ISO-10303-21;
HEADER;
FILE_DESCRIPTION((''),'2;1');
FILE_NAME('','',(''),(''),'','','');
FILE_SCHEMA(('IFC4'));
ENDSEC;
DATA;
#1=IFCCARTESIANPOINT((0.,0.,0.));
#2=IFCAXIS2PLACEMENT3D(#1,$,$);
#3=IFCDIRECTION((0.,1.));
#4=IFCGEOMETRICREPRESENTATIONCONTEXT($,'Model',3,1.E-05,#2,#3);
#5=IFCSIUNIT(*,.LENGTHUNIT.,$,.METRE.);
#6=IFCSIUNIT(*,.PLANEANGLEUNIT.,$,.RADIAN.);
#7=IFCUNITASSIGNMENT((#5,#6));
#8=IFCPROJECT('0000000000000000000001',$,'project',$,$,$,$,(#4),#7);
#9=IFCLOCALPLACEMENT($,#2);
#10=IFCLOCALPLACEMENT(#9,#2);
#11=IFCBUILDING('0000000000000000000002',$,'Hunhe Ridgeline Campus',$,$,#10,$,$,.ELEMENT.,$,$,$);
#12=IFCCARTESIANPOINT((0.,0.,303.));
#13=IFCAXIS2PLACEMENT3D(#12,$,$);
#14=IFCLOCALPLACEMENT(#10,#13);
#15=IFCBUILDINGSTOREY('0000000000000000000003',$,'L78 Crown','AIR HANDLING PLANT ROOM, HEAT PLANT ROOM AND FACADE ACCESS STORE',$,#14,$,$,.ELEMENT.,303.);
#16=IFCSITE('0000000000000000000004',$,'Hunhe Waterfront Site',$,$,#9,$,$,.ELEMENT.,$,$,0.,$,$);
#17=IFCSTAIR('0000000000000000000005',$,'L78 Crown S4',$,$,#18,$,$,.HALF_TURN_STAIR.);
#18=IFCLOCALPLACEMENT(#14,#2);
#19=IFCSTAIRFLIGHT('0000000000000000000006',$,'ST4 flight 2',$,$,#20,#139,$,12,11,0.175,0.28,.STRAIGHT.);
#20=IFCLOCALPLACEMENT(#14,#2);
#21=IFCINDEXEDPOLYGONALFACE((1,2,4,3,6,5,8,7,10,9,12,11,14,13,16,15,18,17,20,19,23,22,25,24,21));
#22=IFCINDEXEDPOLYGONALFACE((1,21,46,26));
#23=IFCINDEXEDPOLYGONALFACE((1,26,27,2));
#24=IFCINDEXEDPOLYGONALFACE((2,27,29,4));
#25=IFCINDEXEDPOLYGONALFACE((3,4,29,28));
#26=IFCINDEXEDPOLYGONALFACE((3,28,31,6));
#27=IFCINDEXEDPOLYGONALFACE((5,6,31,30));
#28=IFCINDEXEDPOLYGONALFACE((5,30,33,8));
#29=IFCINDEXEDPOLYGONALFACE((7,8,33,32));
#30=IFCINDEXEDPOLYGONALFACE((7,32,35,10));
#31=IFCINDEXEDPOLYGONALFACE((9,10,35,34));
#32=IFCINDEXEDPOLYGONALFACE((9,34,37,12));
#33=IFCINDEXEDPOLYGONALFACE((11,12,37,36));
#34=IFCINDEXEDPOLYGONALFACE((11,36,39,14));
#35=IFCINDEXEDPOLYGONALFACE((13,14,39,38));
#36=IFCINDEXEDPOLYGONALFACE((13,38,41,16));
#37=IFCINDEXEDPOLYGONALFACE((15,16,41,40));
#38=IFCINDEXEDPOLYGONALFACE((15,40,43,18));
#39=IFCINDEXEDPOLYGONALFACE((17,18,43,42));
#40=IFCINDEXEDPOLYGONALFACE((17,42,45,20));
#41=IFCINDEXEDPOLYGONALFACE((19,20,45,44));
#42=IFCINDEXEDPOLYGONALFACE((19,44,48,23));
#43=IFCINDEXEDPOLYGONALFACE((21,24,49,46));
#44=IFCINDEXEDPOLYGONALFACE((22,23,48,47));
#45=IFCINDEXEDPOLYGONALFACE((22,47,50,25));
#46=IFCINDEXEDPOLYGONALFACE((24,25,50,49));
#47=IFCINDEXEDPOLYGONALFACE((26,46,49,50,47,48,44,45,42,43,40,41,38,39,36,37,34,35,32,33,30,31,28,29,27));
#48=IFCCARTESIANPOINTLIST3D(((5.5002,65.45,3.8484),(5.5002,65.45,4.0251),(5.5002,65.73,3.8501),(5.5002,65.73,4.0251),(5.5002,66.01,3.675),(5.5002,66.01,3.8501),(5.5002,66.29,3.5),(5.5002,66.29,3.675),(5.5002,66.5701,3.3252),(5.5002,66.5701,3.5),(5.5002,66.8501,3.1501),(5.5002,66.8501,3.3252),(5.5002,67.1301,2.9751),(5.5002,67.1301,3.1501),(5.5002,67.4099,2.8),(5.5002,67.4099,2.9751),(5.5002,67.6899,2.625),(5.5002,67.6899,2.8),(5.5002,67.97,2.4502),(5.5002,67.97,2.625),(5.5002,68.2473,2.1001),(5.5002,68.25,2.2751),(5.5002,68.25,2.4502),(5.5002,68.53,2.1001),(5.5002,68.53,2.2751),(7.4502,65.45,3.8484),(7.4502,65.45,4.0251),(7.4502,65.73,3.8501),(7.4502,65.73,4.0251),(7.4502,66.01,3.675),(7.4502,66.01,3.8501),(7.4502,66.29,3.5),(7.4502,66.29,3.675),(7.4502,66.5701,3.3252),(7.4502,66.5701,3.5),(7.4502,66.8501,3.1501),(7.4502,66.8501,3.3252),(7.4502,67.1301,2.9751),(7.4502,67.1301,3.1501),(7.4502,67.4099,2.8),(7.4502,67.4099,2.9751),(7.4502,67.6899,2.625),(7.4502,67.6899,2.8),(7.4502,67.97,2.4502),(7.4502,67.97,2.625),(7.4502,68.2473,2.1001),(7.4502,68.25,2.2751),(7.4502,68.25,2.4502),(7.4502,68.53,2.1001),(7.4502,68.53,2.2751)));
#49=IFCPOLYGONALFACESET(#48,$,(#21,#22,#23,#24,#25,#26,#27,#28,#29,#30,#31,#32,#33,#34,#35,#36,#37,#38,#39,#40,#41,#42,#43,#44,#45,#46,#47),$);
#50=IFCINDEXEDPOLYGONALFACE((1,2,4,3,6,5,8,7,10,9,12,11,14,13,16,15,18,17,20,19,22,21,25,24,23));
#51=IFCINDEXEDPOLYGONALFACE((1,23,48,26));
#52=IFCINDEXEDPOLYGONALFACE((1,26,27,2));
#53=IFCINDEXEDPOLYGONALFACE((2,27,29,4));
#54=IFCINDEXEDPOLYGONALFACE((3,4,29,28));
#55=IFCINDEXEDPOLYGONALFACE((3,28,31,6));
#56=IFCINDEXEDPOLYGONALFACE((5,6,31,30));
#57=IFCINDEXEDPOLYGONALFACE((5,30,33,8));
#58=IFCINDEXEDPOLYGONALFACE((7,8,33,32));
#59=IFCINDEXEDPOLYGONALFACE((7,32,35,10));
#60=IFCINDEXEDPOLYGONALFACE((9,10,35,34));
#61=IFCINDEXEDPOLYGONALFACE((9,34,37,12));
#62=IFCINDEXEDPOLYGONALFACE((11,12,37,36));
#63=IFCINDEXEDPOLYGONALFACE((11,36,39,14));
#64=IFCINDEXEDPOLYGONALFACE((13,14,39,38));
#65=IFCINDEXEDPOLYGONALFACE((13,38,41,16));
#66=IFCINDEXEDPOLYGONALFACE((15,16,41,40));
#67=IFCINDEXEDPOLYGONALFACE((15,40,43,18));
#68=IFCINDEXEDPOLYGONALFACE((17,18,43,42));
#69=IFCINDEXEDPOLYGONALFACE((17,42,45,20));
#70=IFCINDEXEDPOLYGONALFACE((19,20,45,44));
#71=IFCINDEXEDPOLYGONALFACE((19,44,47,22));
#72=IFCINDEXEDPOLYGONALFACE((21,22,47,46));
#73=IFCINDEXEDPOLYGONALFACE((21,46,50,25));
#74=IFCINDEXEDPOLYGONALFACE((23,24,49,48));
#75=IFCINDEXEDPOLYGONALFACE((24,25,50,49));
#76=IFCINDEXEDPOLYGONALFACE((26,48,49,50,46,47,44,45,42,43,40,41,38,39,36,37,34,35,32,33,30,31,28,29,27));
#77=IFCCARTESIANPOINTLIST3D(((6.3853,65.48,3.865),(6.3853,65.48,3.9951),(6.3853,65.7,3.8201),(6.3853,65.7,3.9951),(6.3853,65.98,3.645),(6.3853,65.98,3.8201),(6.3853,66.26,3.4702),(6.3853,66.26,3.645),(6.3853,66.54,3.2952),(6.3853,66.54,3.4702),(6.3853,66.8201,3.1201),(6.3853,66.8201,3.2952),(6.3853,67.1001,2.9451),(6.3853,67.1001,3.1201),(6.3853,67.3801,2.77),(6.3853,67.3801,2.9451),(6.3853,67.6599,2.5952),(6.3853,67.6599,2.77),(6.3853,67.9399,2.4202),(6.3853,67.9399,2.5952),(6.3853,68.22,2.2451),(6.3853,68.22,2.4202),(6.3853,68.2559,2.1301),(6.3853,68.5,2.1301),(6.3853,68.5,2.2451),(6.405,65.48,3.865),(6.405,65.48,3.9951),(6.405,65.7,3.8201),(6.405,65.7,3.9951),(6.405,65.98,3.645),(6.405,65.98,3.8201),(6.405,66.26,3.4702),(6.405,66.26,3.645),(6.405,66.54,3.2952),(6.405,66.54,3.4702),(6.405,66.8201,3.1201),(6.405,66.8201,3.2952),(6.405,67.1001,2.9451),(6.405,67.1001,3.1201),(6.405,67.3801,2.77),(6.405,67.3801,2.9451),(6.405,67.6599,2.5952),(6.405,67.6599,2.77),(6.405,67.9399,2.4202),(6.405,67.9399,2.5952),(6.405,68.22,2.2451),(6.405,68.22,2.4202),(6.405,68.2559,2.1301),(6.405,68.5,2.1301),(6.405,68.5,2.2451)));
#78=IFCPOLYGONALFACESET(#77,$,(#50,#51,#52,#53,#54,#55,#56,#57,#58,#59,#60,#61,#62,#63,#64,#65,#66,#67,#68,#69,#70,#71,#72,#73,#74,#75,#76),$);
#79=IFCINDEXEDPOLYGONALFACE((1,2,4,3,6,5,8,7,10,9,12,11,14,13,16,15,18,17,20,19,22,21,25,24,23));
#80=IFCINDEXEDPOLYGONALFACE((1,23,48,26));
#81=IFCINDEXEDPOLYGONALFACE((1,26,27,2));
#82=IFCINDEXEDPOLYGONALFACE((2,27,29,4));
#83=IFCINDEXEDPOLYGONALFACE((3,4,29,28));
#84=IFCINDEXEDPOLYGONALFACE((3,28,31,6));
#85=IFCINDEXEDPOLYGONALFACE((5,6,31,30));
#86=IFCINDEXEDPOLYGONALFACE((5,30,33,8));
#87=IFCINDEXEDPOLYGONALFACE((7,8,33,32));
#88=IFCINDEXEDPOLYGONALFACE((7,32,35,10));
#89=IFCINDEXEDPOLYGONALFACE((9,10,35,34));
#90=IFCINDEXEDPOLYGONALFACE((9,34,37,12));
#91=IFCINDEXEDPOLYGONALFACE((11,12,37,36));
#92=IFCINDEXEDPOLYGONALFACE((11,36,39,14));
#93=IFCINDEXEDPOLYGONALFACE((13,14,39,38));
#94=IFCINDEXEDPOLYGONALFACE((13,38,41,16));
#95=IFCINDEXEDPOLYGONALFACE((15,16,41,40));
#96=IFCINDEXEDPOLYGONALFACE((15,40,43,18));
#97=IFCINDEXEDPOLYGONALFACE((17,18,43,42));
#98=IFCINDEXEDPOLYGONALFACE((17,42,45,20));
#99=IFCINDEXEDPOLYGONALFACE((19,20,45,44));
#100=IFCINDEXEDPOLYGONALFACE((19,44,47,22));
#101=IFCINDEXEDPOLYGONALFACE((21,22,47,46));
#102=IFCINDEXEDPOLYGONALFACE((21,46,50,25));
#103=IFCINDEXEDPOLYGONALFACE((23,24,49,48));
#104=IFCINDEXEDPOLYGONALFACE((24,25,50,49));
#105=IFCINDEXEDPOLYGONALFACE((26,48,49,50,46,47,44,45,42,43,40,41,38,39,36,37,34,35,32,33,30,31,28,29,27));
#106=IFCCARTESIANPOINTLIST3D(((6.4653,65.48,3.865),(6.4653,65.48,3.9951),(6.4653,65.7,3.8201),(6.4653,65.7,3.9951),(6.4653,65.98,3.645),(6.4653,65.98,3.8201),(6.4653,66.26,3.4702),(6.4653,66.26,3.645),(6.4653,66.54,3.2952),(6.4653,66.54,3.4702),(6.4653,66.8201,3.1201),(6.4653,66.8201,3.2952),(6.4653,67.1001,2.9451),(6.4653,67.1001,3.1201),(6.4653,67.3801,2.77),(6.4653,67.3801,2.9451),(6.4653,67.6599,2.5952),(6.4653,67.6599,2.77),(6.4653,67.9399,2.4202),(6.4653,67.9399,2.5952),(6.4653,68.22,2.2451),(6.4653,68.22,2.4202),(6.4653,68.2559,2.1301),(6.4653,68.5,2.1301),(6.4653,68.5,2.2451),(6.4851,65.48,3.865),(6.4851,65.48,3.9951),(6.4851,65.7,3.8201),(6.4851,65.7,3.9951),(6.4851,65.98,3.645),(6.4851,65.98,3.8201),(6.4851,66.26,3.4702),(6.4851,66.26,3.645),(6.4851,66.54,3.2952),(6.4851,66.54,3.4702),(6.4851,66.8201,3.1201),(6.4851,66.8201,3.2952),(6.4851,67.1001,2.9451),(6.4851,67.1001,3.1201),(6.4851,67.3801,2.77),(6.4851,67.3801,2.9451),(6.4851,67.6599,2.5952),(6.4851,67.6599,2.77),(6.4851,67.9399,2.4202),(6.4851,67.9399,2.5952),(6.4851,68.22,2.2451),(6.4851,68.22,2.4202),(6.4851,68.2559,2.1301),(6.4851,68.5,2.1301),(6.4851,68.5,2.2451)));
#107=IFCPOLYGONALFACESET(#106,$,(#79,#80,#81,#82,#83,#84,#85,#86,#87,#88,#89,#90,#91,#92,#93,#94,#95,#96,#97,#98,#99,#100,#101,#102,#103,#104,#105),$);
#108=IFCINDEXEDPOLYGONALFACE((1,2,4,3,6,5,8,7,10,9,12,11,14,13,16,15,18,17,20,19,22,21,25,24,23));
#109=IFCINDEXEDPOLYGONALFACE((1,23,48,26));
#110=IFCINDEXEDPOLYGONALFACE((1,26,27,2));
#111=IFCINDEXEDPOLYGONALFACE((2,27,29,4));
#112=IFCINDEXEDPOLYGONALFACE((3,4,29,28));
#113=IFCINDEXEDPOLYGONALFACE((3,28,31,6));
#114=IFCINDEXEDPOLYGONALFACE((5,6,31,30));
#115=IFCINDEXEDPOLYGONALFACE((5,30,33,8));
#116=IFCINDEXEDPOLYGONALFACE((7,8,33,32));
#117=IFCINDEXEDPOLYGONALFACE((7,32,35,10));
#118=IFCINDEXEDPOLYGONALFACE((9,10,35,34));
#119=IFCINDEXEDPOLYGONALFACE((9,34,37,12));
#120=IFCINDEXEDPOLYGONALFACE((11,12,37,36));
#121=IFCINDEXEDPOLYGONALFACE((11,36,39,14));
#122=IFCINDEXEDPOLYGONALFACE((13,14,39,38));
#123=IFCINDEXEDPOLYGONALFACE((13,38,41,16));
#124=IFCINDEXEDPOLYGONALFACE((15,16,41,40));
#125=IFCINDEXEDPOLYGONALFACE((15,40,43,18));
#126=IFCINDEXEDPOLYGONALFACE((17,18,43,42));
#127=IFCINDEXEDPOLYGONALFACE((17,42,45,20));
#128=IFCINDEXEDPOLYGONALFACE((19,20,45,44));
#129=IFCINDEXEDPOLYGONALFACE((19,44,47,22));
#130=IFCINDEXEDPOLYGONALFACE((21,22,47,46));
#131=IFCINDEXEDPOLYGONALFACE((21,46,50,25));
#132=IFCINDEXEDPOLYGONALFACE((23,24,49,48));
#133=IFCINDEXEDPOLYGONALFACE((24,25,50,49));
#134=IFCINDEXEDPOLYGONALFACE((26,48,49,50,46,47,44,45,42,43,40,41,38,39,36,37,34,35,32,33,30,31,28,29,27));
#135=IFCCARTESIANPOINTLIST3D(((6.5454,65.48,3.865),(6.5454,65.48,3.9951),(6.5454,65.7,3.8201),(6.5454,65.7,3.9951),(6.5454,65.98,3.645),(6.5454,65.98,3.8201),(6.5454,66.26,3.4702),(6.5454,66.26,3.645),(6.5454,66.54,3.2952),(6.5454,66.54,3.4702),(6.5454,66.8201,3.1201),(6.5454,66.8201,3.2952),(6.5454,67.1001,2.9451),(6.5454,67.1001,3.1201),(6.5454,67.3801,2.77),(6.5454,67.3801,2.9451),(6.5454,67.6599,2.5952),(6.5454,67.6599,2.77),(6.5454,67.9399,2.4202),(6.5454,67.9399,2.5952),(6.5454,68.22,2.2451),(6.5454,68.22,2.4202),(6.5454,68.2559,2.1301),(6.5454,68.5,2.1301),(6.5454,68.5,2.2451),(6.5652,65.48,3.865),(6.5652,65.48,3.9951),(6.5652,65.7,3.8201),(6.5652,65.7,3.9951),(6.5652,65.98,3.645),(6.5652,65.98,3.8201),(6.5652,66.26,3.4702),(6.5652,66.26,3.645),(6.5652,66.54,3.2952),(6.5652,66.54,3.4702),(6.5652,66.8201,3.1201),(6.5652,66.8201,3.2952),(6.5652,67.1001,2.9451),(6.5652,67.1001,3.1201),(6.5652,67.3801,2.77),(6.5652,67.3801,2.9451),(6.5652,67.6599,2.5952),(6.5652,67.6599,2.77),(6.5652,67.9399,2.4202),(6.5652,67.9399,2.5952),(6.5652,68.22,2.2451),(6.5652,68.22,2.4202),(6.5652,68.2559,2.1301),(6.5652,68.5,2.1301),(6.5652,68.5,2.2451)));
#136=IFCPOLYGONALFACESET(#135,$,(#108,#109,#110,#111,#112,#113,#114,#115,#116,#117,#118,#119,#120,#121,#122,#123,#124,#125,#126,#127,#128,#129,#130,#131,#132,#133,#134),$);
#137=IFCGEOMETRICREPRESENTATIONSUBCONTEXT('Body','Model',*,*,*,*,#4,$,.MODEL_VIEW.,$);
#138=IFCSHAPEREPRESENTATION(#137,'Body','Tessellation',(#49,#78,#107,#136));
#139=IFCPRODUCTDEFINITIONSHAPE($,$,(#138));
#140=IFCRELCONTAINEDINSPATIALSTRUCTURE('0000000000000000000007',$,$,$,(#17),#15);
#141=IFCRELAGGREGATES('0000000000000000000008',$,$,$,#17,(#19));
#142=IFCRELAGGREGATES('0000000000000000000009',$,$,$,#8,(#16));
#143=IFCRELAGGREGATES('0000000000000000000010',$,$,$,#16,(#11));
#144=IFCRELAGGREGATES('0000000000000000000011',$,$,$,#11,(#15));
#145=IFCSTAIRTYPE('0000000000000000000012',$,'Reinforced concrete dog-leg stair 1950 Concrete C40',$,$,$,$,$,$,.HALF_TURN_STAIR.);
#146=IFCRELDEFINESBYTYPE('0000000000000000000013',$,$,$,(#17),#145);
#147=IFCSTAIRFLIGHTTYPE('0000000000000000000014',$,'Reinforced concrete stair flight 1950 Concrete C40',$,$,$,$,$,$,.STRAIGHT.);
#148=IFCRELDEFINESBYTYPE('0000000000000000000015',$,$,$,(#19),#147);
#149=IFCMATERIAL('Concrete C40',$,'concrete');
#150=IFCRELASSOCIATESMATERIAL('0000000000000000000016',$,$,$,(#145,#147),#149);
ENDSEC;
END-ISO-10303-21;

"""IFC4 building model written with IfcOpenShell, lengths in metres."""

from ifc_helpers import new_model, si_unit, direction, frame, origin, place, context, subcontext, project, spatial, polyline, outline, extrude, material, type_object, element, aggregate, save


model = new_model("IFC4")

# Units and contexts
model_context = context("Model", 3, precision=1e-05, world=origin(), true_north=direction((0.0, 1.0)))
body_context = subcontext(model_context, "Body", "Model", "MODEL_VIEW")
ifc_project = project(units=[si_unit("LENGTHUNIT", "METRE"), si_unit("PLANEANGLEUNIT", "RADIAN")], contexts=[model_context])

# Site, building, storey
site_placement = place(None, origin())
site = spatial("IfcSite", under=ifc_project, at=site_placement, Name="Hunhe Waterfront Site", CompositionType="ELEMENT", RefElevation=0.0)
building_placement = place(site_placement, origin())
building = spatial("IfcBuilding", under=site, at=building_placement, Name="Hunhe Ridgeline Campus", CompositionType="ELEMENT")
storey_placement = place(building_placement, frame((0.0, 0.0, 303.0)))
storey = spatial("IfcBuildingStorey", under=building, at=storey_placement, Name="L78 Crown", Description="AIR HANDLING PLANT ROOM, HEAT PLANT ROOM AND FACADE ACCESS STORE", CompositionType="ELEMENT", Elevation=303.0)

# Shared definitions
ifc_material_1 = material(Name="Concrete C40", Category="concrete")
stair_type = type_object("IfcStairType", Name="Reinforced concrete dog-leg stair 1950 Concrete C40", PredefinedType="HALF_TURN_STAIR", material=ifc_material_1)
stair_flight_type = type_object("IfcStairFlightType", Name="Reinforced concrete stair flight 1950 Concrete C40", PredefinedType="STRAIGHT", material=ifc_material_1)

# Stair, stair flight
stair_1_placement = place(storey_placement, origin())
stair_1 = element("IfcStair", 1, at=stair_1_placement, inside=storey, type_object=stair_type, Name="L78 Crown S4", PredefinedType="HALF_TURN_STAIR")
stair_flight_1_placement = place(storey_placement, frame((6.4751, 68.53, 2.1001), z_axis=(0.0, 0.0, 1.0), x_axis=(0.0, -1.0, 0.0)))
stair_flight_1 = element("IfcStairFlight", 2, at=stair_flight_1_placement, type_object=stair_flight_type, Name="ST4 flight 2", NumberOfRisers=12, NumberOfTreads=11, PredefinedType="STRAIGHT", RiserHeight=0.175, TreadLength=0.28, context=body_context, shape_type="SweptSolid", body=[
    extrude(outline(polyline([(0.0, 0.0), (0.0, 0.175), (0.28, 0.175), (0.28, 0.3501), (0.5601, 0.3501), (0.5601, 0.5249), (0.8401, 0.5249), (0.8401, 0.7), (1.1201, 0.7), (1.1201, 0.875), (1.3999, 0.875), (1.3999, 1.05), (1.6799, 1.05), (1.6799, 1.2251), (1.96, 1.2251), (1.96, 1.3999), (2.24, 1.3999), (2.24, 1.575), (2.52, 1.575), (2.52, 1.75), (2.8, 1.75), (2.8, 1.925), (3.0801, 1.925), (3.0801, 2.1001), (3.0801, 1.7483), (0.2827, 0.0), (0.0, 0.0)])), frame((0.0, 0.9751, 0.0), z_axis=(0.0, -1.0, 0.0), x_axis=(1.0, 0.0, 0.0)), (0.0, 0.0, 1.0), 1.95),
    extrude(outline(polyline([(0.03, 0.03), (0.03, 0.145), (0.3101, 0.145), (0.3101, 0.3201), (0.5901, 0.3201), (0.5901, 0.4951), (0.8701, 0.4951), (0.8701, 0.6699), (1.1499, 0.6699), (1.1499, 0.845), (1.4299, 0.845), (1.4299, 1.02), (1.71, 1.02), (1.71, 1.1951), (1.99, 1.1951), (1.99, 1.3701), (2.27, 1.3701), (2.27, 1.5449), (2.55, 1.5449), (2.55, 1.72), (2.8301, 1.72), (2.8301, 1.895), (3.05, 1.895), (3.05, 1.7649), (0.2742, 0.03), (0.03, 0.03)])), frame((0.0, -0.0701, 0.0), z_axis=(0.0, -1.0, 0.0), x_axis=(1.0, 0.0, 0.0)), (0.0, 0.0, 1.0), 0.0198),
    extrude(outline(polyline([(0.03, 0.03), (0.03, 0.145), (0.3101, 0.145), (0.3101, 0.3201), (0.5901, 0.3201), (0.5901, 0.4951), (0.8701, 0.4951), (0.8701, 0.6699), (1.1499, 0.6699), (1.1499, 0.845), (1.4299, 0.845), (1.4299, 1.02), (1.71, 1.02), (1.71, 1.1951), (1.99, 1.1951), (1.99, 1.3701), (2.27, 1.3701), (2.27, 1.5449), (2.55, 1.5449), (2.55, 1.72), (2.8301, 1.72), (2.8301, 1.895), (3.05, 1.895), (3.05, 1.7649), (0.2742, 0.03), (0.03, 0.03)])), frame((0.0, 0.01, 0.0), z_axis=(0.0, -1.0, 0.0), x_axis=(1.0, 0.0, 0.0)), (0.0, 0.0, 1.0), 0.0198),
    extrude(outline(polyline([(0.03, 0.03), (0.03, 0.145), (0.3101, 0.145), (0.3101, 0.3201), (0.5901, 0.3201), (0.5901, 0.4951), (0.8701, 0.4951), (0.8701, 0.6699), (1.1499, 0.6699), (1.1499, 0.845), (1.4299, 0.845), (1.4299, 1.02), (1.71, 1.02), (1.71, 1.1951), (1.99, 1.1951), (1.99, 1.3701), (2.27, 1.3701), (2.27, 1.5449), (2.55, 1.5449), (2.55, 1.72), (2.8301, 1.72), (2.8301, 1.895), (3.05, 1.895), (3.05, 1.7649), (0.2742, 0.03), (0.03, 0.03)])), frame((0.0, 0.0901, 0.0), z_axis=(0.0, -1.0, 0.0), x_axis=(1.0, 0.0, 0.0)), (0.0, 0.0, 1.0), 0.0198),
])
aggregate(stair_1, [stair_flight_1])

save(model, "model.ifc")
